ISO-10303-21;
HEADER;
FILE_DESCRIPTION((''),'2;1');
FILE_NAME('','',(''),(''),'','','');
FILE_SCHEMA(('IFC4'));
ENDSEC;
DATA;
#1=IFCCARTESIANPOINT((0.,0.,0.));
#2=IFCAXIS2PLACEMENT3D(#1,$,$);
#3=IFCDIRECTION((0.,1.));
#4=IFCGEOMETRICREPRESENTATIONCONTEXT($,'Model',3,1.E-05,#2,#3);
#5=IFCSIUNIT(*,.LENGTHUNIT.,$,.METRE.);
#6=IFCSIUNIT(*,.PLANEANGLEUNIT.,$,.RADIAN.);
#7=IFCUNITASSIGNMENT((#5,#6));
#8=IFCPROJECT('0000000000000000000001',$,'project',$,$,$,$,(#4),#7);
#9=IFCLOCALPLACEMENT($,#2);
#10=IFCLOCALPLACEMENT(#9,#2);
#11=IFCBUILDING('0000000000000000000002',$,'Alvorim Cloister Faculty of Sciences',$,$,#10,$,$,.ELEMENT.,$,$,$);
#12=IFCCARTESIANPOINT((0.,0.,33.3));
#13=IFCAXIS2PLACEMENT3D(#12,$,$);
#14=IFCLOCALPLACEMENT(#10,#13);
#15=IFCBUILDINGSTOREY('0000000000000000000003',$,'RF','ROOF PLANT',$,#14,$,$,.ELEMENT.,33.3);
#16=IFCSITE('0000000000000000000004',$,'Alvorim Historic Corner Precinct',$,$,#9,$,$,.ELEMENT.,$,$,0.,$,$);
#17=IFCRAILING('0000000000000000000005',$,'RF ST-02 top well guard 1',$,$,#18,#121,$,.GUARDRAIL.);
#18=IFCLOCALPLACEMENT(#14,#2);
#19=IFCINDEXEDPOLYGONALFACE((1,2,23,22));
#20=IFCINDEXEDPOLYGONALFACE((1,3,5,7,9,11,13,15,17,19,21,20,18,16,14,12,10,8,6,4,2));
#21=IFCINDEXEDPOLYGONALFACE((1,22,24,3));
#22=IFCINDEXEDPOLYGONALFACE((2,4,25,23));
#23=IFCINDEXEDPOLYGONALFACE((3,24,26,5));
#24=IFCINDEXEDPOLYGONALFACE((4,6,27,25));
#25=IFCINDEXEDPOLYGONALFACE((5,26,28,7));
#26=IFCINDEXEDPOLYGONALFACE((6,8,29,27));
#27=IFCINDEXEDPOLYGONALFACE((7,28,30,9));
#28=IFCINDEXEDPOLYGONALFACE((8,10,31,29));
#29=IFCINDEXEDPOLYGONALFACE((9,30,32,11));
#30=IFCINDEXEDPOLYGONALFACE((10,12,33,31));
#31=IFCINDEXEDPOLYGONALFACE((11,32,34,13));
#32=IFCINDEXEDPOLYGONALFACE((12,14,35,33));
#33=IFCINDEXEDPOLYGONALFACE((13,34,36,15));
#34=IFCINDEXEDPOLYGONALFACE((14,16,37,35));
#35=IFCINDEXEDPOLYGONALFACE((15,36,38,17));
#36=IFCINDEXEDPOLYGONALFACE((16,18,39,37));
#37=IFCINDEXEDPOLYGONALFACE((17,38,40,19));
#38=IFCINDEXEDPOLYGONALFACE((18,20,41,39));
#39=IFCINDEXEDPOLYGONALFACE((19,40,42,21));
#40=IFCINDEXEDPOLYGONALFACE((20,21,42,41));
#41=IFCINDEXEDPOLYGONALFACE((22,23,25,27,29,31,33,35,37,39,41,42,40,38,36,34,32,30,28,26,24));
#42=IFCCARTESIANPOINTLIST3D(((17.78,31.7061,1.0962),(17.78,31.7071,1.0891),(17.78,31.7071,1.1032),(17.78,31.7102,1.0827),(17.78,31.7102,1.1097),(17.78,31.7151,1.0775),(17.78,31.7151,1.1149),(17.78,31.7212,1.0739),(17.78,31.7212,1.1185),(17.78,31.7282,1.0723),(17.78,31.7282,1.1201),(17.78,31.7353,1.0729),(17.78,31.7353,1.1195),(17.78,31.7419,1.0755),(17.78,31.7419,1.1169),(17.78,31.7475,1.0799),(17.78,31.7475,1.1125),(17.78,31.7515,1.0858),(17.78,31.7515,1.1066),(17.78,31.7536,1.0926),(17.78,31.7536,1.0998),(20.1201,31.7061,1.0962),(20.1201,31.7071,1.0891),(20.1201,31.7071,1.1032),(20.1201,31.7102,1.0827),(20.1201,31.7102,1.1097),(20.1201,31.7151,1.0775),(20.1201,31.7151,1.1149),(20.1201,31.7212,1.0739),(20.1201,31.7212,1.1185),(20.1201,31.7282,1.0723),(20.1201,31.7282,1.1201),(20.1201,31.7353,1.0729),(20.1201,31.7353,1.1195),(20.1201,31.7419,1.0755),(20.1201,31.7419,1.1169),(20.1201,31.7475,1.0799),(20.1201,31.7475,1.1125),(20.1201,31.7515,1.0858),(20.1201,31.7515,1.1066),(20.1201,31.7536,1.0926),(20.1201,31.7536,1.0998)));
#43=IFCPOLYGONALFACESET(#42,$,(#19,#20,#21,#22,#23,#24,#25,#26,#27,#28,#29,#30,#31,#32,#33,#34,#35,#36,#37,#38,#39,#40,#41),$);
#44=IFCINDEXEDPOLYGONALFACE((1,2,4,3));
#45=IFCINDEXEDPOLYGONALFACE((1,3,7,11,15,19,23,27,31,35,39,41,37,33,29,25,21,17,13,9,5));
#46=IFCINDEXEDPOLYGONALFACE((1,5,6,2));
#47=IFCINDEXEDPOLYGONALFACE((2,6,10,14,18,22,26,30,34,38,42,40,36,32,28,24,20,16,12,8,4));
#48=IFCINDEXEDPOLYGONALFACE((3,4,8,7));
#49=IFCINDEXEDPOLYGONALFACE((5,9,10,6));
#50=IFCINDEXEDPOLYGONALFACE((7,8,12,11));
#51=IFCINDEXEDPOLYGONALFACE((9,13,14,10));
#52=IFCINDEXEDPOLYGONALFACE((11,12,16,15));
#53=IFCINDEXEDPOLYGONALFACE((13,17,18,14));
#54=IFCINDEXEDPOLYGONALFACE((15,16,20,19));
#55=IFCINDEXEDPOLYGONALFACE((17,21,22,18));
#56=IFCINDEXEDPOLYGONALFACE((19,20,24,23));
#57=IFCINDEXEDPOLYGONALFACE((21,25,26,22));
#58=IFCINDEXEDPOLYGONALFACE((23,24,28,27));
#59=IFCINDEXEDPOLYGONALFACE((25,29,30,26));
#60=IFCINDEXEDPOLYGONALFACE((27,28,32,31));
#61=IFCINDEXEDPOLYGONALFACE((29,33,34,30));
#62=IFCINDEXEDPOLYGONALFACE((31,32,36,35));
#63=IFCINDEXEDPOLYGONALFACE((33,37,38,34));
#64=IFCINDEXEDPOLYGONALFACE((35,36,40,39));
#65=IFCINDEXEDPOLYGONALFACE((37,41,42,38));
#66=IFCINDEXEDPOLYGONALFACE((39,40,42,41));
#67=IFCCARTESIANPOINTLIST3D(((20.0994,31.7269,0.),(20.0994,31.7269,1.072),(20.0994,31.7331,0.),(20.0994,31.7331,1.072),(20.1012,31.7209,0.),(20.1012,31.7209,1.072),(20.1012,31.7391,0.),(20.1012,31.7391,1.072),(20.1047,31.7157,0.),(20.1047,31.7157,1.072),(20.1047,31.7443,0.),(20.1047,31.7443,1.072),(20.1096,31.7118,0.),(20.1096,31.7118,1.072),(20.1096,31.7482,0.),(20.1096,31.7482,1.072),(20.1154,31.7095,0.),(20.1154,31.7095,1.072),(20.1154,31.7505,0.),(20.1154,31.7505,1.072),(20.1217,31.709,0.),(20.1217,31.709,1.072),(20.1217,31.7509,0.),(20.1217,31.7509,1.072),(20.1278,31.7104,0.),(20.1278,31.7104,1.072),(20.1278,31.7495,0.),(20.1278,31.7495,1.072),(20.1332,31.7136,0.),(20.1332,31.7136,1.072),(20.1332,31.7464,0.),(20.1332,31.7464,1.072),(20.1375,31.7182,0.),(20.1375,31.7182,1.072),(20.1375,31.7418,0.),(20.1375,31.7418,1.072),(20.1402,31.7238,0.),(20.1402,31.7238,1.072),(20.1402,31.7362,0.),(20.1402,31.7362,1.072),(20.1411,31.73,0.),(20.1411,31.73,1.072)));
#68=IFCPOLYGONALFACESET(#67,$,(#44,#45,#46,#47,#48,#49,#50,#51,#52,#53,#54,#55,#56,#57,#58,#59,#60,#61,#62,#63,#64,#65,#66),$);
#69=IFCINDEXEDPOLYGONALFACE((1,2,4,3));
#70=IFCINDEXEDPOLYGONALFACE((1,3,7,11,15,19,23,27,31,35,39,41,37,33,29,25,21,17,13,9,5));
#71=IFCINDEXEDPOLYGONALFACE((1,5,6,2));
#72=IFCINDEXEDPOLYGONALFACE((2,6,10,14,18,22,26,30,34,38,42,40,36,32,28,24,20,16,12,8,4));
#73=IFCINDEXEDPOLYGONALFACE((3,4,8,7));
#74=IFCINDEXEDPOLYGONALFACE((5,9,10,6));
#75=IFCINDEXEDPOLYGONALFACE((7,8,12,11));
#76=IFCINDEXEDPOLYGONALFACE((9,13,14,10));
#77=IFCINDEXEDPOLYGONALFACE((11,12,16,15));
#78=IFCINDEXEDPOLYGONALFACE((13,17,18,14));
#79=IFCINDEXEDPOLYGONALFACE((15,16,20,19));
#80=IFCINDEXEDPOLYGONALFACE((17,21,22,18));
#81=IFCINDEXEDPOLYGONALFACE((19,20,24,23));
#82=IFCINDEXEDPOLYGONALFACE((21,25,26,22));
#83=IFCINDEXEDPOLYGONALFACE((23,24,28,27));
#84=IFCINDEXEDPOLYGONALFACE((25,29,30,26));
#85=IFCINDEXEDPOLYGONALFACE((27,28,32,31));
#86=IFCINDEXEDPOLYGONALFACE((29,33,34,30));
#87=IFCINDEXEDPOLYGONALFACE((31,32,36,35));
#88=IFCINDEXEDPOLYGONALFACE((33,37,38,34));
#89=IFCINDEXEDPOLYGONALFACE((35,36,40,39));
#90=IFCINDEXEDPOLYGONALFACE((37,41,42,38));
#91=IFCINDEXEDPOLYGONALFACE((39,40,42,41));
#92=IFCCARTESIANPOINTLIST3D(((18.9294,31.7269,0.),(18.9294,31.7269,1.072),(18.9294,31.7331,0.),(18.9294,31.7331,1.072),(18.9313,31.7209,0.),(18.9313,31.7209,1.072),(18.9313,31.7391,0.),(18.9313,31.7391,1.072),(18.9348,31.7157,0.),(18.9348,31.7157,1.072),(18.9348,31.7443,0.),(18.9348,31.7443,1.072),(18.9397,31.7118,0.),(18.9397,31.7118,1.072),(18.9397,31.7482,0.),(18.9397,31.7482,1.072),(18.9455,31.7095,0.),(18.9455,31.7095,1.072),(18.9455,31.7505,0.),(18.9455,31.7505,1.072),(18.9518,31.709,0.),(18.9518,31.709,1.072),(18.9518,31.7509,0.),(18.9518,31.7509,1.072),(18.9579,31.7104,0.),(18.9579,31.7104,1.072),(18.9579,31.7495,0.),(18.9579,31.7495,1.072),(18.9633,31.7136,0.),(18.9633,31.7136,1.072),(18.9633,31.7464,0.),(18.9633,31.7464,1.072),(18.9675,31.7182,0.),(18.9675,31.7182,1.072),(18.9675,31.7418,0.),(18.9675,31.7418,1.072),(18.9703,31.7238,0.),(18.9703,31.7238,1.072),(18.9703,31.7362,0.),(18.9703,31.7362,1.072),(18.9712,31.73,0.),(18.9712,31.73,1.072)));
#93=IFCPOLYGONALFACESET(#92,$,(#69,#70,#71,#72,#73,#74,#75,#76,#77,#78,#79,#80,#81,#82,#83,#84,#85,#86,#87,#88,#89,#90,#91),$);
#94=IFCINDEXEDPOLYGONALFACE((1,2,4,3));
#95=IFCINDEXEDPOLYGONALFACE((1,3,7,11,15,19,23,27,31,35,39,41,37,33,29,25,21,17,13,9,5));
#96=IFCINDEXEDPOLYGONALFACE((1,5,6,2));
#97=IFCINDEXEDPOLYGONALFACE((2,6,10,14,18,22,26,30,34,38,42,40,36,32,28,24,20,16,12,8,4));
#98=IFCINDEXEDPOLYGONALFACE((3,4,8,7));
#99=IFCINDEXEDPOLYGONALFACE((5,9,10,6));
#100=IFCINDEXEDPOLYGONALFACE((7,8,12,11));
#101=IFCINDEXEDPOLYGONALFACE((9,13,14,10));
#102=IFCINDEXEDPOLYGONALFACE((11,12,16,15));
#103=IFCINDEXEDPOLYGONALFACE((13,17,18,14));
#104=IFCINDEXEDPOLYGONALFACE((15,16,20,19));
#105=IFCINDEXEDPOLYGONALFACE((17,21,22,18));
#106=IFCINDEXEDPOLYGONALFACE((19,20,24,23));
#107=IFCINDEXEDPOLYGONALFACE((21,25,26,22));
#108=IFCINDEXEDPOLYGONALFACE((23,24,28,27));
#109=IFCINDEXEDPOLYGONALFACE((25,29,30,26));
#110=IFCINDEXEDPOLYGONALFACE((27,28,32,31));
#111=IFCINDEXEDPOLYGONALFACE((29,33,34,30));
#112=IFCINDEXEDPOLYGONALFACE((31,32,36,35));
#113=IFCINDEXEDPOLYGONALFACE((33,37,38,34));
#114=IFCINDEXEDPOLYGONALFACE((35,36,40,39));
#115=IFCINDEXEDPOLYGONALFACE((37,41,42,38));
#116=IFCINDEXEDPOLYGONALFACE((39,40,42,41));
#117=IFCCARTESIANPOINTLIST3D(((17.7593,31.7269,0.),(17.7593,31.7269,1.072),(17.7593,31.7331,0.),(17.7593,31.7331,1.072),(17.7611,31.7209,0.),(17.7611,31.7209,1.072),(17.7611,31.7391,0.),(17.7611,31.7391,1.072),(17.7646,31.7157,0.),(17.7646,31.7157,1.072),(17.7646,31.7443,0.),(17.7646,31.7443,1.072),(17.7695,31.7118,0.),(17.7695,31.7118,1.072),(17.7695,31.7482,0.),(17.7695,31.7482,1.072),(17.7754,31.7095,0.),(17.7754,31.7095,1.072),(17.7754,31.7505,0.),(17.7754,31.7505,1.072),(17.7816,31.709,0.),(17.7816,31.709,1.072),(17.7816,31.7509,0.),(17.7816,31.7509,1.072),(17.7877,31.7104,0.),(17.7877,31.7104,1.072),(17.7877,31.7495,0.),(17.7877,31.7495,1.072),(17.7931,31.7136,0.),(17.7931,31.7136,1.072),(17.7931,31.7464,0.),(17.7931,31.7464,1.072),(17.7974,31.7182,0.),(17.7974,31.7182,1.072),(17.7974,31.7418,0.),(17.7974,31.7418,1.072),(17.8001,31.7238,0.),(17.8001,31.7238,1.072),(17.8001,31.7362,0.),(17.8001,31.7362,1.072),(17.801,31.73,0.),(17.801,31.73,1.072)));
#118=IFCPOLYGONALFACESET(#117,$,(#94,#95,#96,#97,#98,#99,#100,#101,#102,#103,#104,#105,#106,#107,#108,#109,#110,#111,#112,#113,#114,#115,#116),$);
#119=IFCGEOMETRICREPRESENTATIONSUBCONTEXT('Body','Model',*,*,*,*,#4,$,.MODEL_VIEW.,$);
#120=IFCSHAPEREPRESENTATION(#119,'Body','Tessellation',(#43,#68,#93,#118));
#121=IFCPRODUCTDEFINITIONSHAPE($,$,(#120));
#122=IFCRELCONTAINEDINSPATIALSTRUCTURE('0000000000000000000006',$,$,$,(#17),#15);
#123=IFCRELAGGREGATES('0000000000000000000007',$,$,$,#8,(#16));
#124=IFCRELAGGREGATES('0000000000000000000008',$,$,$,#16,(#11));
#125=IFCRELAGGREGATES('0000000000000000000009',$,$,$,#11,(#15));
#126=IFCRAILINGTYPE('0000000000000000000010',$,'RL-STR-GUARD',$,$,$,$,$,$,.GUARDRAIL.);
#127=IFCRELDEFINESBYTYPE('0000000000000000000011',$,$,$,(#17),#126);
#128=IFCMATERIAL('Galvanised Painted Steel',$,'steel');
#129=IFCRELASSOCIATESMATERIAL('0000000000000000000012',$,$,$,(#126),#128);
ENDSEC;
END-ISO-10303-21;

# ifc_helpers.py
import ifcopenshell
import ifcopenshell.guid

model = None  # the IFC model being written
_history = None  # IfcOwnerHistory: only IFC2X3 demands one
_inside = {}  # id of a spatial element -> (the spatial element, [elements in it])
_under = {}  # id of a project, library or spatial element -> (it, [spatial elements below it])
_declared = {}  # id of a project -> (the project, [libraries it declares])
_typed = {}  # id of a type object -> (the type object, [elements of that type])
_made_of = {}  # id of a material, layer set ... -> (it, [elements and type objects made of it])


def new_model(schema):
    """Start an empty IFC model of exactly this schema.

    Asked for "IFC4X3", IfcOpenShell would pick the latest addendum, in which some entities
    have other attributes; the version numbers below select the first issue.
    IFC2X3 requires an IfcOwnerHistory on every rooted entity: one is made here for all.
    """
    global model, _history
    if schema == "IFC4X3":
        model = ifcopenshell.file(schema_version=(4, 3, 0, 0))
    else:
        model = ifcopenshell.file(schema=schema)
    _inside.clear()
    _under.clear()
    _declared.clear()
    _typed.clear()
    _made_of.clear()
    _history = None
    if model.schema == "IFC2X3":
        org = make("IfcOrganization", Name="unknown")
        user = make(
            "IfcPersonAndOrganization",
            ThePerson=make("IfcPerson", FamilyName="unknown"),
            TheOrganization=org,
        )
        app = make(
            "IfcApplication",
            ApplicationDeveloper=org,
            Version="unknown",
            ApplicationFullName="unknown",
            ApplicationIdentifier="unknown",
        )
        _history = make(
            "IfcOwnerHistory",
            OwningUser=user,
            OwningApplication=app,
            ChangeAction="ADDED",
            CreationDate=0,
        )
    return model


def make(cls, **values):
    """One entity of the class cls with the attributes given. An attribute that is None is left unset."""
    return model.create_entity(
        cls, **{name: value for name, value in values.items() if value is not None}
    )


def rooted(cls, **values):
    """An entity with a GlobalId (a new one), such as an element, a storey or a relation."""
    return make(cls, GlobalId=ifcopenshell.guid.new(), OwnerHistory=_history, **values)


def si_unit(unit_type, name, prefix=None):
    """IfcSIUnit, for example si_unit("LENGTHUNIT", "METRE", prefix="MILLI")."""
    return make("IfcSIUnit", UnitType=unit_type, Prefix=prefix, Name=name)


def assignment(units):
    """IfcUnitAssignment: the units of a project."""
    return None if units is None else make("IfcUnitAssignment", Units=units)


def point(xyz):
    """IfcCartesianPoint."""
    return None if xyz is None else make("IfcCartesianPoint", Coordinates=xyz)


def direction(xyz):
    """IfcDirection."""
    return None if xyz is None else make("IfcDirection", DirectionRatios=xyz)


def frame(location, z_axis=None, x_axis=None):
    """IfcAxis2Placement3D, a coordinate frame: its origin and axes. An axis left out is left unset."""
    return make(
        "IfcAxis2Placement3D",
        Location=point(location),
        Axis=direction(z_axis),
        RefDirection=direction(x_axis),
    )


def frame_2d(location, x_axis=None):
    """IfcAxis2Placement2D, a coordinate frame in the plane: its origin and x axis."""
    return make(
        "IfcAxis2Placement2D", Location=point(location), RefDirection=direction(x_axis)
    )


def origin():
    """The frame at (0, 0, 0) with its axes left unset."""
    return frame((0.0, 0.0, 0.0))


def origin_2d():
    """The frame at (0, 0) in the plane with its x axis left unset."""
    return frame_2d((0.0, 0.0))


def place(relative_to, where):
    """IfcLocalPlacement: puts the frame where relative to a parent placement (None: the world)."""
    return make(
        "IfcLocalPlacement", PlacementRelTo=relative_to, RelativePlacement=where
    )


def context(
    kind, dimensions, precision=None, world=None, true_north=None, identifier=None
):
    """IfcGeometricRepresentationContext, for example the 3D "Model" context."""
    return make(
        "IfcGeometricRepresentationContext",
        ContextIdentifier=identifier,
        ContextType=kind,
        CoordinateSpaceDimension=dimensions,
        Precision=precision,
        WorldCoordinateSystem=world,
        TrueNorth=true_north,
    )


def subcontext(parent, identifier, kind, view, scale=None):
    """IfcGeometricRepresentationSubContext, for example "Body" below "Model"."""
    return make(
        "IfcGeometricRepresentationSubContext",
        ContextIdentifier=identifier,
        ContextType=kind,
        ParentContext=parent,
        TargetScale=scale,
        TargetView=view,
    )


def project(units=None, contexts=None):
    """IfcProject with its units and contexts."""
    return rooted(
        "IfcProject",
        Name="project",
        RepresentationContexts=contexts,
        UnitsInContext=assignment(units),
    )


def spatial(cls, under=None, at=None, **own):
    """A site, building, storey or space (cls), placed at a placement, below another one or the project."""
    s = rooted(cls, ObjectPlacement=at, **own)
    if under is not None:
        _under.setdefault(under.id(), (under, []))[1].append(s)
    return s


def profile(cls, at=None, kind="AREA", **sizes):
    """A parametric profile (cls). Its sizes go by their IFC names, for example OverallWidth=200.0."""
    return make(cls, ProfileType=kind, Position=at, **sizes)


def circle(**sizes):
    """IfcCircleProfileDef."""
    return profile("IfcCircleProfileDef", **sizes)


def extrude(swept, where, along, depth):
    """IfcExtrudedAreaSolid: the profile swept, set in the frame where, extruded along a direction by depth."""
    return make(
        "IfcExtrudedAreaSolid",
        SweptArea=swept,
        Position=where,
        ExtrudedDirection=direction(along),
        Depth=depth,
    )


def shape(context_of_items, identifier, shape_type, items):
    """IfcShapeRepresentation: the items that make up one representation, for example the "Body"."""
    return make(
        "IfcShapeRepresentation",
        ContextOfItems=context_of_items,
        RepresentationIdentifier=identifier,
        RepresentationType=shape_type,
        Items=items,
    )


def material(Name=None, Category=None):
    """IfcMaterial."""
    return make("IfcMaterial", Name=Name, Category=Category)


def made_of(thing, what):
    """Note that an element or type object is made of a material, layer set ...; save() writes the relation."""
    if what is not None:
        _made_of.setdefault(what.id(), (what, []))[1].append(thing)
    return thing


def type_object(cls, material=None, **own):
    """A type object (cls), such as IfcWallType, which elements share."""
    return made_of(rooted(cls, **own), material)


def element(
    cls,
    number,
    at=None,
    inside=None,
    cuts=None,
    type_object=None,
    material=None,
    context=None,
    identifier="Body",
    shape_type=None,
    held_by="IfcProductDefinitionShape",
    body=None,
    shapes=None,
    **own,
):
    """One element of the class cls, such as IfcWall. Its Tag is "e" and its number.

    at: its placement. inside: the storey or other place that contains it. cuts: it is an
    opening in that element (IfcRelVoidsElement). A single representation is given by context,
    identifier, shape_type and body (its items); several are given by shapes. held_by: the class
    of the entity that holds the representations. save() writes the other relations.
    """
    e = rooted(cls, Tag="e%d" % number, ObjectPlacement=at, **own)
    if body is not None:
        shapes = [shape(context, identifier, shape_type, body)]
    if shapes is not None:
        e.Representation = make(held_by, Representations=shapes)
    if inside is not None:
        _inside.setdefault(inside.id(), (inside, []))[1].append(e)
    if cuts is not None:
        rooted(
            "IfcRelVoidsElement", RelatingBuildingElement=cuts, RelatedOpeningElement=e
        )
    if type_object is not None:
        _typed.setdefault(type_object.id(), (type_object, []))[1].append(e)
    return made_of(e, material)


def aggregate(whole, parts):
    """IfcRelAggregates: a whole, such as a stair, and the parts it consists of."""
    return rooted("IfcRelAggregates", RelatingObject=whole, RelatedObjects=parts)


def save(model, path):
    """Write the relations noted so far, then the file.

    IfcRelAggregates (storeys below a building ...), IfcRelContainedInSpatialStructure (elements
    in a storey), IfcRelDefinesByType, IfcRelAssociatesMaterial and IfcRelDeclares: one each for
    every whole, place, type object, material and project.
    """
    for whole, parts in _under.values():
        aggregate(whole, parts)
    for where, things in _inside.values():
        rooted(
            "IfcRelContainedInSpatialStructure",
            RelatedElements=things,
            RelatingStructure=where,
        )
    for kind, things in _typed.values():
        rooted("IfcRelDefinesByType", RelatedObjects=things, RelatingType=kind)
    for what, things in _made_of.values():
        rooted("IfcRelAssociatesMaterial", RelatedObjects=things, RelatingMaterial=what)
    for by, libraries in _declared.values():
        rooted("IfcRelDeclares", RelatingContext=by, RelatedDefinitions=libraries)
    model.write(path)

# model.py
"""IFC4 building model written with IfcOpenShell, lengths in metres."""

from ifc_helpers import new_model, si_unit, direction, frame, origin, origin_2d, place, context, subcontext, project, spatial, circle, extrude, material, type_object, element, save


model = new_model("IFC4")

# Units and contexts
model_context = context("Model", 3, precision=1e-05, world=origin(), true_north=direction((0.0, 1.0)))
body_context = subcontext(model_context, "Body", "Model", "MODEL_VIEW")
ifc_project = project(units=[si_unit("LENGTHUNIT", "METRE"), si_unit("PLANEANGLEUNIT", "RADIAN")], contexts=[model_context])

# Site, building, storey
site_placement = place(None, origin())
site = spatial("IfcSite", under=ifc_project, at=site_placement, Name="Alvorim Historic Corner Precinct", CompositionType="ELEMENT", RefElevation=0.0)
building_placement = place(site_placement, origin())
building = spatial("IfcBuilding", under=site, at=building_placement, Name="Alvorim Cloister Faculty of Sciences", CompositionType="ELEMENT")
storey_placement = place(building_placement, frame((0.0, 0.0, 33.3)))
storey = spatial("IfcBuildingStorey", under=building, at=storey_placement, Name="RF", Description="ROOF PLANT", CompositionType="ELEMENT", Elevation=33.3)

# Railing
ifc_material_1 = material(Name="Galvanised Painted Steel", Category="steel")
railing_type = type_object("IfcRailingType", Name="RL-STR-GUARD", PredefinedType="GUARDRAIL", material=ifc_material_1)
railing_placement = place(storey_placement, frame((20.1201, 31.73, 0.0)))
element("IfcRailing", 1, at=railing_placement, inside=storey, type_object=railing_type, Name="RF ST-02 top well guard 1", PredefinedType="GUARDRAIL", context=body_context, shape_type="SweptSolid", body=[
    extrude(circle(Radius=0.0239, at=origin_2d()), frame((0.0, 0.0, 1.0962), z_axis=(-1.0, 0.0, 0.0), x_axis=(0.0, -1.0, 0.0)), (0.0, 0.0, 1.0), 2.3401),
    extrude(circle(Radius=0.021, at=origin_2d()), origin(), (0.0, 0.0, 1.0), 1.072),
    extrude(circle(Radius=0.021, at=origin_2d()), frame((-1.1699, 0.0, 0.0)), (0.0, 0.0, 1.0), 1.072),
    extrude(circle(Radius=0.021, at=origin_2d()), frame((-2.3401, 0.0, 0.0)), (0.0, 0.0, 1.0), 1.072),
])

save(model, "model.ifc")
